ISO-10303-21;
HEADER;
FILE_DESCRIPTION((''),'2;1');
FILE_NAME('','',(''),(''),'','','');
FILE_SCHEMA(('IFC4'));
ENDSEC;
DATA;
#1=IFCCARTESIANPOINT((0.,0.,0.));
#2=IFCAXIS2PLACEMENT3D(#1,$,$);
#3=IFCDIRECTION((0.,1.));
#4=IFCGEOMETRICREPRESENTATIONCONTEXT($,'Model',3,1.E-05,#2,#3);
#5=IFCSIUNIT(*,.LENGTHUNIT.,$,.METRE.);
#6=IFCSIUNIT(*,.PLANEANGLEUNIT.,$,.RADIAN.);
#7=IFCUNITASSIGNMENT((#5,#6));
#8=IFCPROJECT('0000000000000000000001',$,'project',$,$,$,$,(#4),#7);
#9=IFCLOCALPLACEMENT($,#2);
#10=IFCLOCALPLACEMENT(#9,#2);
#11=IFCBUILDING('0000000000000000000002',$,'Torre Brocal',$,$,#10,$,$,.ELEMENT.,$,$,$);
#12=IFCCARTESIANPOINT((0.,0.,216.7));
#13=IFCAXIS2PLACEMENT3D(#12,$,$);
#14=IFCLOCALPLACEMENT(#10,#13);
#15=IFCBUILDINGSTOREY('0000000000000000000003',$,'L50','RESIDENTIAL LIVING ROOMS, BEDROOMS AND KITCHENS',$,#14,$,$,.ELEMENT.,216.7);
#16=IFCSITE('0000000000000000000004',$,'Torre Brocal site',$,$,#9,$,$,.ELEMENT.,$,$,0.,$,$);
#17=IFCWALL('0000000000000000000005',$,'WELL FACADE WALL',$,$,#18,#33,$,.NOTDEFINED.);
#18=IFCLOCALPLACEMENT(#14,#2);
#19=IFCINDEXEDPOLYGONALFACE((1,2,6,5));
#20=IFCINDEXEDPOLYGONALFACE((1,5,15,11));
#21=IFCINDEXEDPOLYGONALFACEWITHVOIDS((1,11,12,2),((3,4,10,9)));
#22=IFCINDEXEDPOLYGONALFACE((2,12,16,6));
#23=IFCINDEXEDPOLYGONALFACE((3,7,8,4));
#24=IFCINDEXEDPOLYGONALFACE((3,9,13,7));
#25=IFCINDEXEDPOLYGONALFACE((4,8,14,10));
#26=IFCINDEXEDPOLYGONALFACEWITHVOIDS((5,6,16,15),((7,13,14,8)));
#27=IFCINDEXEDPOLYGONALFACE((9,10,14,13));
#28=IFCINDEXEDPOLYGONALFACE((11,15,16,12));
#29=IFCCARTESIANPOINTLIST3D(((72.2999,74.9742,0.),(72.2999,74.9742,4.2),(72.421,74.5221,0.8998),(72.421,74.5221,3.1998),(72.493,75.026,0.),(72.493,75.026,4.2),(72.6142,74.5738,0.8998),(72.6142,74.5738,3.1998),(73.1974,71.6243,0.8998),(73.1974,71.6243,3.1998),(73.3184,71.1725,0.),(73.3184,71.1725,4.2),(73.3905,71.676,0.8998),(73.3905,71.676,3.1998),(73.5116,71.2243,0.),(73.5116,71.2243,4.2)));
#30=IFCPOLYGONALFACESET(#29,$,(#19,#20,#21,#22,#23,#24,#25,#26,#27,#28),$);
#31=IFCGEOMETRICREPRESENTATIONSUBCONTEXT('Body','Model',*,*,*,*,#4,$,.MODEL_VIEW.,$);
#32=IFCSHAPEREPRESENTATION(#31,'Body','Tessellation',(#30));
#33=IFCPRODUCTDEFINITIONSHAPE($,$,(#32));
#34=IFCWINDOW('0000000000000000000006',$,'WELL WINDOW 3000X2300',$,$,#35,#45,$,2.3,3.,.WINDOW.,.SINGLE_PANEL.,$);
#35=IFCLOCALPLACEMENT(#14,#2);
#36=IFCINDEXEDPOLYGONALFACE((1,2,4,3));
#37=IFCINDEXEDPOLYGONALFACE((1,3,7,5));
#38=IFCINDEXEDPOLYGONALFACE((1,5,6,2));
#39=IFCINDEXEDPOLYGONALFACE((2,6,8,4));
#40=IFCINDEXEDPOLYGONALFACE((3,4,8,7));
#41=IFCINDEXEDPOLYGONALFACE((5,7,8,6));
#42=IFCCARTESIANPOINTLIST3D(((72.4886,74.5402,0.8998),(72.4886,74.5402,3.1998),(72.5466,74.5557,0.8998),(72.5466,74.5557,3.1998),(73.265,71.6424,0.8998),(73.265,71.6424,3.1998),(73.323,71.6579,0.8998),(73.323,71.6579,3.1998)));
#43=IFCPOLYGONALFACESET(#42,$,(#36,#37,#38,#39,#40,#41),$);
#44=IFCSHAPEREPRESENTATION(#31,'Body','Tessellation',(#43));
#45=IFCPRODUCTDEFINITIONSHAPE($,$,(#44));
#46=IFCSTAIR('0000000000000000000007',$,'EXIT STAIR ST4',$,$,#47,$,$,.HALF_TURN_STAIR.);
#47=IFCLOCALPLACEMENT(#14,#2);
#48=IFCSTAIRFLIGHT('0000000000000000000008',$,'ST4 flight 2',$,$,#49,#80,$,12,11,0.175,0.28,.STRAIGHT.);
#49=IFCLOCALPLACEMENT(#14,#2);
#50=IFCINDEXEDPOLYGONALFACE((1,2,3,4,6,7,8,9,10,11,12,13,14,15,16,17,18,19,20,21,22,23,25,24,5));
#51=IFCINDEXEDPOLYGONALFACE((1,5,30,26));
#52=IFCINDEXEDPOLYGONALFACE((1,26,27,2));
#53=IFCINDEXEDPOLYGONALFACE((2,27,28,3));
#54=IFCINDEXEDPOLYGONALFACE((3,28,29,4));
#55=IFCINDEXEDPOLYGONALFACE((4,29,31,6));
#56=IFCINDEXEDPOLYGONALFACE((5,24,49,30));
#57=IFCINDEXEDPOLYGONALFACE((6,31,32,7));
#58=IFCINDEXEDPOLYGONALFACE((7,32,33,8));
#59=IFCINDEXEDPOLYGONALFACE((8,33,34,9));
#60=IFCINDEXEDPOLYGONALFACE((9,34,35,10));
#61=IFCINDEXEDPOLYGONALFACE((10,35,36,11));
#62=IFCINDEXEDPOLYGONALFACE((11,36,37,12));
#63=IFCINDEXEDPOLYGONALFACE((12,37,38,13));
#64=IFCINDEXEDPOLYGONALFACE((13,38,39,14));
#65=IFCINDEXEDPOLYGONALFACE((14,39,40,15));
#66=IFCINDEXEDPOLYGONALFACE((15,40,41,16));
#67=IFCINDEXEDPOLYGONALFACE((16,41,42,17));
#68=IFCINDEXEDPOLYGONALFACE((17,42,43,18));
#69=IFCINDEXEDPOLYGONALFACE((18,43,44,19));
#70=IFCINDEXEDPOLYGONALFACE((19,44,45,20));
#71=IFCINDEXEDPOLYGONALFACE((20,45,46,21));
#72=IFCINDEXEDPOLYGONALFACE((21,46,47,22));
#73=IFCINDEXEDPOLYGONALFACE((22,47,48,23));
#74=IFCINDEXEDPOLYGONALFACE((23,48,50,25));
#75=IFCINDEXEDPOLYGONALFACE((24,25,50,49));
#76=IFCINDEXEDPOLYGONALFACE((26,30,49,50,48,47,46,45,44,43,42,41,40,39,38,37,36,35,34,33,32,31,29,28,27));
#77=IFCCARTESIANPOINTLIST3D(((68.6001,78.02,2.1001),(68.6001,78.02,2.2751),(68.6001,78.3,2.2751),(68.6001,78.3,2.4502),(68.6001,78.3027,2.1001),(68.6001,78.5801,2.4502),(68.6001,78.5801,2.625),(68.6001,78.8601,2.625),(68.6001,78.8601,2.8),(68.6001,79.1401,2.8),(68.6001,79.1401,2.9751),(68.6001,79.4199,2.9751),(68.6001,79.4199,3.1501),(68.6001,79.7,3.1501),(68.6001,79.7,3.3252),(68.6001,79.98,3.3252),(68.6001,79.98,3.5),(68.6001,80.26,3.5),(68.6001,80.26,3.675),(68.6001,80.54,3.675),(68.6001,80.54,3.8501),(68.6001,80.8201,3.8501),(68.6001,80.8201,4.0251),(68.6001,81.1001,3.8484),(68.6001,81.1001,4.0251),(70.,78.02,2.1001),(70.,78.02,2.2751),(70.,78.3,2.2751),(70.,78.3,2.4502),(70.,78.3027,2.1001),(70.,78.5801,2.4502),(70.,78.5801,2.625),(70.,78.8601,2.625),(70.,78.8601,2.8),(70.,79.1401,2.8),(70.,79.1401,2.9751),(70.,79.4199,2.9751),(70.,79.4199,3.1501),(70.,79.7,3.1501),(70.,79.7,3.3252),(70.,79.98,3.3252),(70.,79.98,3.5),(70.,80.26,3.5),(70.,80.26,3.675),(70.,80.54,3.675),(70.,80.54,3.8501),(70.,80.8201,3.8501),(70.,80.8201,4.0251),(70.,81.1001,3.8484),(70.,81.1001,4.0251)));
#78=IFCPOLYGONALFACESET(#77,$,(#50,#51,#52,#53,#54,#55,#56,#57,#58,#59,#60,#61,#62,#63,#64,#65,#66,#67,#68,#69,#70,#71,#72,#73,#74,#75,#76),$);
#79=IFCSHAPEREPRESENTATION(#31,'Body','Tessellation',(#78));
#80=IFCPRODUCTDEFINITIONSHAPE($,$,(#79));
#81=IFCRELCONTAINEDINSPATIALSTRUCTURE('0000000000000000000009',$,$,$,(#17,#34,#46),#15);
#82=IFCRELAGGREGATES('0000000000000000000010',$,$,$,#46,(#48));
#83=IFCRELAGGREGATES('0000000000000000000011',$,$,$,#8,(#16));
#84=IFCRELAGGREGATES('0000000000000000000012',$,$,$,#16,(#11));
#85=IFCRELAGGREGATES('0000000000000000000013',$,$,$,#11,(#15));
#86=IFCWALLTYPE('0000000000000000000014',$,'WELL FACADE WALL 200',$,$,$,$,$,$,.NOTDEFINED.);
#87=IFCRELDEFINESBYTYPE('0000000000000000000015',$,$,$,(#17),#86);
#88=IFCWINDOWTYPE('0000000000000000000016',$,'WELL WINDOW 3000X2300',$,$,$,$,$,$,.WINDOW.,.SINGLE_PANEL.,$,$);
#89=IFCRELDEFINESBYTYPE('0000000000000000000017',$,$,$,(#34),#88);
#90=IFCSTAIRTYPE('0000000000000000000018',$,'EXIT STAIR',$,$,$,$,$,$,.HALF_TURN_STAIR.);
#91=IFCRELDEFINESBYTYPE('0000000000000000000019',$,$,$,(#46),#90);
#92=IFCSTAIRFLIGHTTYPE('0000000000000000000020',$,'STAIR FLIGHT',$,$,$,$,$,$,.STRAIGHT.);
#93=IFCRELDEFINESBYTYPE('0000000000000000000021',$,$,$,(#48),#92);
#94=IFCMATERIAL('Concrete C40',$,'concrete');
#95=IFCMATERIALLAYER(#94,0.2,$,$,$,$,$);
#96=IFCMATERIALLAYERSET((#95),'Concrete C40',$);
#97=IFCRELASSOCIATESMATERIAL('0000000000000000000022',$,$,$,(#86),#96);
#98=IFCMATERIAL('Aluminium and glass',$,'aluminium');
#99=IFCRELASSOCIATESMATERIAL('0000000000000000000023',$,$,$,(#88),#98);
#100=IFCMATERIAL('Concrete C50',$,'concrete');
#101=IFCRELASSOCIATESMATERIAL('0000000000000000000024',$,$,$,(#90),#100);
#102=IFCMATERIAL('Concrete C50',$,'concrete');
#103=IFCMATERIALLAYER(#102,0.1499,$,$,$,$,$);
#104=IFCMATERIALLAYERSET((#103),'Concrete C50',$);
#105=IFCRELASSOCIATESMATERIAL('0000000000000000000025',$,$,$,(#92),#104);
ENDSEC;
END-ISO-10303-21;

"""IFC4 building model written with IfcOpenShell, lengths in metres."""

from ifc_helpers import new_model, si_unit, direction, frame, frame_2d, origin, place, context, subcontext, project, spatial, polyline, rectangle, outline, extrude, material, layer, layer_set, type_object, element, fill, aggregate, save


model = new_model("IFC4")

# Units and contexts
model_context = context("Model", 3, precision=1e-05, world=origin(), true_north=direction((0.0, 1.0)))
body_context = subcontext(model_context, "Body", "Model", "MODEL_VIEW")
ifc_project = project(units=[si_unit("LENGTHUNIT", "METRE"), si_unit("PLANEANGLEUNIT", "RADIAN")], contexts=[model_context])

# Site, building, storey
site_placement = place(None, origin())
site = spatial("IfcSite", under=ifc_project, at=site_placement, Name="Torre Brocal site", CompositionType="ELEMENT", RefElevation=0.0)
building_placement = place(site_placement, origin())
building = spatial("IfcBuilding", under=site, at=building_placement, Name="Torre Brocal", CompositionType="ELEMENT")
storey_placement = place(building_placement, frame((0.0, 0.0, 216.7)))
storey = spatial("IfcBuildingStorey", under=building, at=storey_placement, Name="L50", Description="RESIDENTIAL LIVING ROOMS, BEDROOMS AND KITCHENS", CompositionType="ELEMENT", Elevation=216.7)

# Wall, opening, window
ifc_material_1 = material(Name="Concrete C40", Category="concrete")
ifc_layer_1 = layer(ifc_material_1, 0.2)
ifc_layer_set_1 = layer_set([ifc_layer_1], Name="Concrete C40")
wall_type_1 = type_object("IfcWallType", Name="WELL FACADE WALL 200", PredefinedType="NOTDEFINED", material=ifc_layer_set_1)
ifc_material_2 = material(Name="Aluminium and glass", Category="aluminium")
window_type = type_object("IfcWindowType", Name="WELL WINDOW 3000X2300", PartitioningType="SINGLE_PANEL", PredefinedType="WINDOW", material=ifc_material_2)
wall_1_placement = place(storey_placement, frame((72.3965, 75.0, 0.0), z_axis=(0.0, 0.0, 1.0), x_axis=(0.25879, -0.965934, 0.0)))
wall_1 = element("IfcWall", 1, at=wall_1_placement, inside=storey, type_object=wall_type_1, Name="WELL FACADE WALL", PredefinedType="NOTDEFINED", context=body_context, shape_type="SweptSolid", body=[
    extrude(rectangle(XDim=3.9358, YDim=0.2, at=frame_2d((1.9678, 0.0))), origin(), (0.0, 0.0, 1.0), 4.2),
])
opening_1_placement = place(wall_1_placement, frame((0.468, 0.0, 0.8999)))
opening_1 = element("IfcOpeningElement", 2, at=opening_1_placement, cuts=wall_1, PredefinedType="OPENING", context=body_context, shape_type="SweptSolid", body=[
    extrude(rectangle(XDim=3.0, YDim=2.3, at=frame_2d((1.5, 1.1499))), frame((0.0, 0.1099, 0.0), z_axis=(0.0, -1.0, 0.0), x_axis=(1.0, 0.0, 0.0)), (0.0, 0.0, 1.0), 0.22),
])
window_1_placement = place(opening_1_placement, origin())
window_1 = element("IfcWindow", 3, at=window_1_placement, inside=storey, type_object=window_type, Name="WELL WINDOW 3000X2300", OverallHeight=2.3, OverallWidth=3.0, PartitioningType="SINGLE_PANEL", PredefinedType="WINDOW", context=body_context, shape_type="SweptSolid", body=[
    extrude(rectangle(XDim=3.0, YDim=2.3, at=frame_2d((1.5, 1.1499))), frame((0.0, 0.03, 0.0), z_axis=(0.0, -1.0, 0.0), x_axis=(1.0, 0.0, 0.0)), (0.0, 0.0, 1.0), 0.0601),
])
fill(opening_1, window_1)

# Stair, stair flight
ifc_material_3 = material(Name="Concrete C50", Category="concrete")
stair_type = type_object("IfcStairType", Name="EXIT STAIR", PredefinedType="HALF_TURN_STAIR", material=ifc_material_3)
stair_placement = place(storey_placement, origin())
stair = element("IfcStair", 4, at=stair_placement, inside=storey, type_object=stair_type, Name="EXIT STAIR ST4", PredefinedType="HALF_TURN_STAIR")
ifc_material_4 = material(Name="Concrete C50", Category="concrete")
ifc_layer_2 = layer(ifc_material_4, 0.1499)
ifc_layer_set_2 = layer_set([ifc_layer_2], Name="Concrete C50")
stair_flight_type = type_object("IfcStairFlightType", Name="STAIR FLIGHT", PredefinedType="STRAIGHT", material=ifc_layer_set_2)
stair_flight_placement = place(storey_placement, frame((69.3, 78.02, 2.1001), z_axis=(0.0, 0.0, 1.0), x_axis=(0.0, 1.0, 0.0)))
stair_flight = element("IfcStairFlight", 5, at=stair_flight_placement, type_object=stair_flight_type, Name="ST4 flight 2", NumberOfRisers=12, NumberOfTreads=11, PredefinedType="STRAIGHT", RiserHeight=0.175, TreadLength=0.28, context=body_context, shape_type="SweptSolid", body=[
    extrude(outline(polyline([(0.0, 0.0), (0.0, 0.175), (0.28, 0.175), (0.28, 0.3501), (0.5601, 0.3501), (0.5601, 0.5249), (0.8401, 0.5249), (0.8401, 0.7), (1.1201, 0.7), (1.1201, 0.875), (1.3999, 0.875), (1.3999, 1.05), (1.6799, 1.05), (1.6799, 1.2251), (1.96, 1.2251), (1.96, 1.3999), (2.24, 1.3999), (2.24, 1.575), (2.52, 1.575), (2.52, 1.75), (2.8, 1.75), (2.8, 1.925), (3.0801, 1.925), (3.0801, 2.1001), (3.0801, 1.7483), (0.2827, 0.0), (0.0, 0.0)])), frame((0.0, 0.7, 0.0), z_axis=(0.0, -1.0, 0.0), x_axis=(1.0, 0.0, 0.0)), (0.0, 0.0, 1.0), 1.3999),
])
aggregate(stair, [stair_flight])

save(model, "model.ifc")
